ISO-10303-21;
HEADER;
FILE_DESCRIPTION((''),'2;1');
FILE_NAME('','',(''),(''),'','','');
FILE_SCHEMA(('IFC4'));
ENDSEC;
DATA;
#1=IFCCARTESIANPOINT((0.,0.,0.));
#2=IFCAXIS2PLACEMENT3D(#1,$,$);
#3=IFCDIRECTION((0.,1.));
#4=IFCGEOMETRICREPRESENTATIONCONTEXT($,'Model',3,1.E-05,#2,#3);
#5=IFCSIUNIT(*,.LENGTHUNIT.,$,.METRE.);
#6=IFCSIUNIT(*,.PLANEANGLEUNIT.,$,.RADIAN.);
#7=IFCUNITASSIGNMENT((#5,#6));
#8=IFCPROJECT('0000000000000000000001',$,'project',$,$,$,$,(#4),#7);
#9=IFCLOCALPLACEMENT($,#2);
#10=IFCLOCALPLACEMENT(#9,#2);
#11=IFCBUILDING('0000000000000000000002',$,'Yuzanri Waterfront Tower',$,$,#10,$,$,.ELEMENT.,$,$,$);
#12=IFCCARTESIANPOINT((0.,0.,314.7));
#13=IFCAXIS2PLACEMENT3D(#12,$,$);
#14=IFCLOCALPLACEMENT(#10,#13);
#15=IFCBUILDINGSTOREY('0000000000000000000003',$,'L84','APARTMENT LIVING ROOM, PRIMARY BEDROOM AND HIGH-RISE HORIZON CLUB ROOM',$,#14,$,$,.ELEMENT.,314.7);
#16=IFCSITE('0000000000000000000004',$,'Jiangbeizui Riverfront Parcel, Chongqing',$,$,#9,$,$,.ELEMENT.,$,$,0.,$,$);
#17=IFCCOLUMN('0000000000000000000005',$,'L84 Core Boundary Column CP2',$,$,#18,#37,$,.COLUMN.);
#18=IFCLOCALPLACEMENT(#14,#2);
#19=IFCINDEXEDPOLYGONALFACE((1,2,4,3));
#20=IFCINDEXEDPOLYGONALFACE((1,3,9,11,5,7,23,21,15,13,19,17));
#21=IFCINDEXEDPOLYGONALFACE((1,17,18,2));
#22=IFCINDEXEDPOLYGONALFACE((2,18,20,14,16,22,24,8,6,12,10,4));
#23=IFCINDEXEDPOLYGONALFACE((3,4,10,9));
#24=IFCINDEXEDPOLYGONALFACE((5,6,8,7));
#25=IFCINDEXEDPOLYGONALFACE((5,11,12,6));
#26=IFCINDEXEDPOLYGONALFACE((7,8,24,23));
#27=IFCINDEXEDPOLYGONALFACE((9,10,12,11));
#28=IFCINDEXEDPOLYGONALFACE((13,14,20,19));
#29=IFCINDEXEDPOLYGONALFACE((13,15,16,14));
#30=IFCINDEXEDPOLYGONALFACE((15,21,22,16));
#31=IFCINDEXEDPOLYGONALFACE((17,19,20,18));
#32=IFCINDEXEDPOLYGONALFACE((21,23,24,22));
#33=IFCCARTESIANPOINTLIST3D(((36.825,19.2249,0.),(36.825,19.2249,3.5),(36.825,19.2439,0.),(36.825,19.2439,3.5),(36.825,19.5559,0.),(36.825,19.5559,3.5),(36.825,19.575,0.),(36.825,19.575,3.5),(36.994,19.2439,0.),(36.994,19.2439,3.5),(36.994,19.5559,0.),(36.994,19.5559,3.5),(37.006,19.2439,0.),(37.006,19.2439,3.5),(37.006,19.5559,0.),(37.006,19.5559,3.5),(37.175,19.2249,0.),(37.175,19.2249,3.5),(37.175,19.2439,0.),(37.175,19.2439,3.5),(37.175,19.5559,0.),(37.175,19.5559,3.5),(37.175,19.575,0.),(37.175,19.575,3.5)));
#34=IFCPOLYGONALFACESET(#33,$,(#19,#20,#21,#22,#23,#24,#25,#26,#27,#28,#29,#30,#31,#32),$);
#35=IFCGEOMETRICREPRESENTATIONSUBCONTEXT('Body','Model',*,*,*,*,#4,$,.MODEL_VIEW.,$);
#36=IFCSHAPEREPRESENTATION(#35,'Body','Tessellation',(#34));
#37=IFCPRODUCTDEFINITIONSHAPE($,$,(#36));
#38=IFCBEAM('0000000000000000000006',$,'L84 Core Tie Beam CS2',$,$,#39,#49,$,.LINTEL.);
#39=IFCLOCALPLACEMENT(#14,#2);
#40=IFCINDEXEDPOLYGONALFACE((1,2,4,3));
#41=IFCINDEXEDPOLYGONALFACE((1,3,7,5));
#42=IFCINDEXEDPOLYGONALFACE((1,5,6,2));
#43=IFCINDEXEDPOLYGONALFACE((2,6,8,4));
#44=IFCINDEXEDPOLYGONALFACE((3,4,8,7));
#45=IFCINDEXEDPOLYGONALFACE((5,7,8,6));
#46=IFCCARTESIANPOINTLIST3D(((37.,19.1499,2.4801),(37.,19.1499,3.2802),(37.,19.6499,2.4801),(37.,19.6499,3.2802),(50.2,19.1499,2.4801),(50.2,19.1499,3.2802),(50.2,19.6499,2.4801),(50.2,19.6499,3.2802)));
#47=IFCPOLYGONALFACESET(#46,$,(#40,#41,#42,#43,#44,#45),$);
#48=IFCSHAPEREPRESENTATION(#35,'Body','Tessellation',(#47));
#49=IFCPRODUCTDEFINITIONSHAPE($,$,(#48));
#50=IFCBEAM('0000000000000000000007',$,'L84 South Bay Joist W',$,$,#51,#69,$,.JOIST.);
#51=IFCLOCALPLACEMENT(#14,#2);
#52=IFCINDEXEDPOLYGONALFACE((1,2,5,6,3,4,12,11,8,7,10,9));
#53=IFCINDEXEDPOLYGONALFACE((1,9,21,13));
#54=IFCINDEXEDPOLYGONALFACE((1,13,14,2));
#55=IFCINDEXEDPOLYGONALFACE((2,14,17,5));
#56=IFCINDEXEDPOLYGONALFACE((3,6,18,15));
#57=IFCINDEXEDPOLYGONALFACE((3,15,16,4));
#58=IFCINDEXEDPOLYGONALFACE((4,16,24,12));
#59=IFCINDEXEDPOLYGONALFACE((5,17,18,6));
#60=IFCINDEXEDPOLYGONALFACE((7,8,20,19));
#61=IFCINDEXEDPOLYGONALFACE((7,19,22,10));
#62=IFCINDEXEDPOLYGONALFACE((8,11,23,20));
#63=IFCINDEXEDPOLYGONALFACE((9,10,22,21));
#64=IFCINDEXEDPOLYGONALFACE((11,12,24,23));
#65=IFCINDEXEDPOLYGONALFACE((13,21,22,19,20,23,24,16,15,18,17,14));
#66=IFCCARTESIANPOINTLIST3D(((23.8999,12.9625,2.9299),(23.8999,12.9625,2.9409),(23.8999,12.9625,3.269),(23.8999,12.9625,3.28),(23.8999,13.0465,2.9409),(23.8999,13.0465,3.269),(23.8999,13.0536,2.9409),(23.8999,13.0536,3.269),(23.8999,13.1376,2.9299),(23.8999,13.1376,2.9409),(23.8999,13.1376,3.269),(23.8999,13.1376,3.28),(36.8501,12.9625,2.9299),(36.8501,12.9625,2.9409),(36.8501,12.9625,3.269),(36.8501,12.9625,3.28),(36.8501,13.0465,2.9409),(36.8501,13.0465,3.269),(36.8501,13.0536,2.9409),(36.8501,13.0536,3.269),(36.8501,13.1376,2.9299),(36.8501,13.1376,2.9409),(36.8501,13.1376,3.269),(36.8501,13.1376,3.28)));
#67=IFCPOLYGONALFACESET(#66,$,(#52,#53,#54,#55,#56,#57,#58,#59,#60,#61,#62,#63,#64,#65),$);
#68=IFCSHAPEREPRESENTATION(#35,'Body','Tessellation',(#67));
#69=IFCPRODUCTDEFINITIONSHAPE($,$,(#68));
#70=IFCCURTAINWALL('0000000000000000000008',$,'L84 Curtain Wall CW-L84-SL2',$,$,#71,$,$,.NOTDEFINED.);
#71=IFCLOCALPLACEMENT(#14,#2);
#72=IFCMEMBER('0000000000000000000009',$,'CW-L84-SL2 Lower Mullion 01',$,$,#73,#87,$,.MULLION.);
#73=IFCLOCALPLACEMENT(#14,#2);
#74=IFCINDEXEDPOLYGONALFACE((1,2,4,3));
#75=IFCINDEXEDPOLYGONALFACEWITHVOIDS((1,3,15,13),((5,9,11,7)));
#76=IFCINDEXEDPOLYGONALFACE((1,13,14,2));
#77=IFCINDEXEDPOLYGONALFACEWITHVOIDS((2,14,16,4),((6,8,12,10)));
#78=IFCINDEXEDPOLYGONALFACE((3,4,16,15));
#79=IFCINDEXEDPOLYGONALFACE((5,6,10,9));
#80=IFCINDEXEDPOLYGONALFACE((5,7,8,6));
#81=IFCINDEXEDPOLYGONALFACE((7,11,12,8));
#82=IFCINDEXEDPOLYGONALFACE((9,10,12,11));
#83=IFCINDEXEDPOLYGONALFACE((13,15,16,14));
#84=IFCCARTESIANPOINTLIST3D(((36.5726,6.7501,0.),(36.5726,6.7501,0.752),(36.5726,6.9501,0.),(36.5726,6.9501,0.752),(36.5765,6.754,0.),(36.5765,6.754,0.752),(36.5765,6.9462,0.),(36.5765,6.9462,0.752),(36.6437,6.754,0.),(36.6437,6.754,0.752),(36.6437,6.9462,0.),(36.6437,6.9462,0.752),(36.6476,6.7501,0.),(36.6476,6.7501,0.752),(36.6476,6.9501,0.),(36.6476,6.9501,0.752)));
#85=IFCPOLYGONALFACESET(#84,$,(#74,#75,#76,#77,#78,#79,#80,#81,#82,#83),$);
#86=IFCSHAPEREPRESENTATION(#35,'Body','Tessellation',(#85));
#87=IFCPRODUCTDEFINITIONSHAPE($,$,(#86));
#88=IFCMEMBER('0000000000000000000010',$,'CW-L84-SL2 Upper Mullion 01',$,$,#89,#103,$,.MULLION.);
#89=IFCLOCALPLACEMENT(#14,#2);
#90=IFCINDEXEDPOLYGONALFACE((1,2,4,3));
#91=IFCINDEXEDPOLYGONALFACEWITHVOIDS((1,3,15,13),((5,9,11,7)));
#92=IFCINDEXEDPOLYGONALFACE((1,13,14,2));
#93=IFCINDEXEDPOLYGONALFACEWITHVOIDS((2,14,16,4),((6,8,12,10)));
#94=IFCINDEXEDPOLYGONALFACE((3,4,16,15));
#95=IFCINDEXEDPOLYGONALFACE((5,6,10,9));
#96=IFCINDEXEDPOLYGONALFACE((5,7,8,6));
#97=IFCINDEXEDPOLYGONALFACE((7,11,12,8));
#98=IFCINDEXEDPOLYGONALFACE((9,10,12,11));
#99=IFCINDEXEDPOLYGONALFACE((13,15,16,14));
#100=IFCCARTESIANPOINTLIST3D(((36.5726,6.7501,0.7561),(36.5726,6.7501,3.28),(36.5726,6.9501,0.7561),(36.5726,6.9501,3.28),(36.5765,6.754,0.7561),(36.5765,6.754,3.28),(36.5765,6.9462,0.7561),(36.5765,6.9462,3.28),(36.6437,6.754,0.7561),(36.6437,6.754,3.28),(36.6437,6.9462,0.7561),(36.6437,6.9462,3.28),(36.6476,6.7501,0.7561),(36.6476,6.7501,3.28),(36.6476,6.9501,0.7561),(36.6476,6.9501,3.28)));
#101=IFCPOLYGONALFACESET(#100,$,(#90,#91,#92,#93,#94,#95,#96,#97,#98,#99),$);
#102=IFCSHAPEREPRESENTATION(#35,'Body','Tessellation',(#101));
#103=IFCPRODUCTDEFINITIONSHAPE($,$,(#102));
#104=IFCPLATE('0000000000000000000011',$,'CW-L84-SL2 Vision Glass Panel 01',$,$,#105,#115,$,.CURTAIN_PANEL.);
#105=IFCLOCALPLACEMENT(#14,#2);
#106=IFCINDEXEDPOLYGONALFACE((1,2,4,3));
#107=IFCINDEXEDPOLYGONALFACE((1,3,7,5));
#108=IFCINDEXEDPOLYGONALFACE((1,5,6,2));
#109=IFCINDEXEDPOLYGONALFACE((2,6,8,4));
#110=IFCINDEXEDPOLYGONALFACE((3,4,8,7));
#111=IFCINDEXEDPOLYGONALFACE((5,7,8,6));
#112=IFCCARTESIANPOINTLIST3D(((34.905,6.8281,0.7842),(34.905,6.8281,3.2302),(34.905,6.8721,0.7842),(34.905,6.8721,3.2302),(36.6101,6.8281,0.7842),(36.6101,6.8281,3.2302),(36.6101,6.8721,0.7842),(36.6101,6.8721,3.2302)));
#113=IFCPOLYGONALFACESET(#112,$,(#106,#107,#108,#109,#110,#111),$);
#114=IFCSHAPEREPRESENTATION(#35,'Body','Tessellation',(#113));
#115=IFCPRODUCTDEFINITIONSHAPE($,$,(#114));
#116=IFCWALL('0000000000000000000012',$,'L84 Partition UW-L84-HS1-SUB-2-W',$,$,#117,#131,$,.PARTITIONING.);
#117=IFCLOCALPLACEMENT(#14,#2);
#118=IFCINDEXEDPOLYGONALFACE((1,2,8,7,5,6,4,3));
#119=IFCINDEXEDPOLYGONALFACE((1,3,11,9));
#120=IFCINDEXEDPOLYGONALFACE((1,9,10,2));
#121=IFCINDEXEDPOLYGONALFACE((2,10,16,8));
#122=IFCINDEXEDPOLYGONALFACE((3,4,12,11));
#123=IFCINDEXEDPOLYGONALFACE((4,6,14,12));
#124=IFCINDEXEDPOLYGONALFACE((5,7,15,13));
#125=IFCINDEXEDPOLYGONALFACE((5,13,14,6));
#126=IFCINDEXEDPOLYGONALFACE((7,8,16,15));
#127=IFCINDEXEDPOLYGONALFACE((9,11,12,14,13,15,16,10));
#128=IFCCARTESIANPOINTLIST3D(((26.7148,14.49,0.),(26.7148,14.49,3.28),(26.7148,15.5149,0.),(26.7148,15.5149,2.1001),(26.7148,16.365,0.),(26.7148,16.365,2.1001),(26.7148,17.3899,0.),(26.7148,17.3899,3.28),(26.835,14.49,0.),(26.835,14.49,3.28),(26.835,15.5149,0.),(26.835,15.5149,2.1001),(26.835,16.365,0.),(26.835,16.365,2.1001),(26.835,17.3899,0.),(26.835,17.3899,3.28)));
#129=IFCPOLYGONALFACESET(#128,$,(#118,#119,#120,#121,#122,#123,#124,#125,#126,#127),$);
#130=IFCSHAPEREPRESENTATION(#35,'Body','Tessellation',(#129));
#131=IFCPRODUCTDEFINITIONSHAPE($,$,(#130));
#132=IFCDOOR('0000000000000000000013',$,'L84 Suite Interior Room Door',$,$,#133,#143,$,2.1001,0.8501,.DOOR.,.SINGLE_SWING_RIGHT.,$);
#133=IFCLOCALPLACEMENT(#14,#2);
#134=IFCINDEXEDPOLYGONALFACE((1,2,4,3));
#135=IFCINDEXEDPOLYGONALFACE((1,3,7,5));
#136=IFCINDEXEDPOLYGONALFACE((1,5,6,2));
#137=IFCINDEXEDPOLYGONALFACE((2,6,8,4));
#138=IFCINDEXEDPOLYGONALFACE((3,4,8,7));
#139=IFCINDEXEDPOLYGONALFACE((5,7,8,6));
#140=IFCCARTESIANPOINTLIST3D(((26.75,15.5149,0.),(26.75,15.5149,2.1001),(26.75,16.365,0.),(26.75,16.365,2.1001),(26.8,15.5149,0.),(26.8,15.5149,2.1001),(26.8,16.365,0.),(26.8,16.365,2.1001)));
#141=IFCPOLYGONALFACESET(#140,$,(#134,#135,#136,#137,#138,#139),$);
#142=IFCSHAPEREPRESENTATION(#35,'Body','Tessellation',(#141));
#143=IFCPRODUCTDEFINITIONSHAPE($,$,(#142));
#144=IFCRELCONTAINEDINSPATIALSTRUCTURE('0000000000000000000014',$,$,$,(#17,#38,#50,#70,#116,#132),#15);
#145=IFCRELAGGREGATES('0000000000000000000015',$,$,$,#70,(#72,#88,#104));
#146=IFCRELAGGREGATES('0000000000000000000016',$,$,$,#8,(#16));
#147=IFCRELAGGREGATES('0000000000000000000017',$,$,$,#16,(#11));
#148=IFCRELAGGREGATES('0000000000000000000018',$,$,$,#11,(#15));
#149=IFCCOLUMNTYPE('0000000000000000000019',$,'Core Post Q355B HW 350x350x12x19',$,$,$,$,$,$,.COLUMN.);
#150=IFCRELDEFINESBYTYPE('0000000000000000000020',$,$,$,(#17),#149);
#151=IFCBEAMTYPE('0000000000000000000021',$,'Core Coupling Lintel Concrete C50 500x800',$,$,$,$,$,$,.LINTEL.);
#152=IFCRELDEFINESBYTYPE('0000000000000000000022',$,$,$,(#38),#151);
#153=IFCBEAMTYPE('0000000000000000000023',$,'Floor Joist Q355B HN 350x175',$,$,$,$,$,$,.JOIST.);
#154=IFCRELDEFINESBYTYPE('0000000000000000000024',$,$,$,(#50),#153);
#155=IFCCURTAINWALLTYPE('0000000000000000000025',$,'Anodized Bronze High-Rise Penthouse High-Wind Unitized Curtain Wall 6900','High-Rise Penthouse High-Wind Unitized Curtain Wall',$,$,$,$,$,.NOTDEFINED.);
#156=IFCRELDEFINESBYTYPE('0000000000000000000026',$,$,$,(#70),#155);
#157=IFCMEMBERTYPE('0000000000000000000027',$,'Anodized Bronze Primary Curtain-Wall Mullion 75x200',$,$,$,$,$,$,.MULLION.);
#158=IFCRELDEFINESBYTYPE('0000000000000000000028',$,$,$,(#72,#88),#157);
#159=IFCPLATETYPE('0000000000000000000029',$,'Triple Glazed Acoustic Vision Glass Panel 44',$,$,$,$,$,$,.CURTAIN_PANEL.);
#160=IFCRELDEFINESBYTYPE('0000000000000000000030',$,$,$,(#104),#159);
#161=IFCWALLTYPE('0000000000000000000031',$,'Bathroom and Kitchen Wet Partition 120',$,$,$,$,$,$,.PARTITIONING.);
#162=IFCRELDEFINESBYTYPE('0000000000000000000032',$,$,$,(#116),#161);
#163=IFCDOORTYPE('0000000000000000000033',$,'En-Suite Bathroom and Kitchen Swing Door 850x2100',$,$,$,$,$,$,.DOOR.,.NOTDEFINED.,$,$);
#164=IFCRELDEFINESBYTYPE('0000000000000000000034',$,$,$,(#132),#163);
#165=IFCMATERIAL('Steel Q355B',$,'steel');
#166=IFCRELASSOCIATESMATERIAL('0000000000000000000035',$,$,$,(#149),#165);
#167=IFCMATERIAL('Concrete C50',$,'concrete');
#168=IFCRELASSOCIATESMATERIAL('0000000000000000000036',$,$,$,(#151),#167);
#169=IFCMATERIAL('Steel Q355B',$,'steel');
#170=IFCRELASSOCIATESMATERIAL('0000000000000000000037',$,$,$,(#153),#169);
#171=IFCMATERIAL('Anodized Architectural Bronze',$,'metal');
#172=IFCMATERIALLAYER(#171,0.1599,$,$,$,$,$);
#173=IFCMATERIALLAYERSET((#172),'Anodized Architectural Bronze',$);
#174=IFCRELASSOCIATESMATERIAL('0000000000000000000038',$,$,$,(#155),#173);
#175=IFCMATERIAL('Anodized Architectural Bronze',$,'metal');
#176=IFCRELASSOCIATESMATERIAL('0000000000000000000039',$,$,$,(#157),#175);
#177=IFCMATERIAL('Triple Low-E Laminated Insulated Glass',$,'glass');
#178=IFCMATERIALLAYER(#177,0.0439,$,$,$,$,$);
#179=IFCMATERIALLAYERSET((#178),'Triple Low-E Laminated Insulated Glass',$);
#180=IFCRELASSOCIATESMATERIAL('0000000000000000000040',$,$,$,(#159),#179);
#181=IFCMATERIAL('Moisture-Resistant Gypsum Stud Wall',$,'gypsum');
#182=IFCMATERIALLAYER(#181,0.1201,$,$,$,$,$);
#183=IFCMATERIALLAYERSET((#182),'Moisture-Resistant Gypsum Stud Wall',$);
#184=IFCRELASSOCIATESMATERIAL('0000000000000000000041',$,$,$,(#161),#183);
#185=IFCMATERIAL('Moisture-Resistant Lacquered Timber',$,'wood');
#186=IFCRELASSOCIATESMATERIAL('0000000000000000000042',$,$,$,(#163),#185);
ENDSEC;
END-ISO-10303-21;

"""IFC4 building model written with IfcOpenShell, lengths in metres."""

from ifc_helpers import new_model, si_unit, direction, frame, frame_2d, origin, origin_2d, place, context, subcontext, project, spatial, rectangle, hollow_rectangle, i_section, extrude, source, transform, mapped, material, layer, layer_set, material_profile, profile_set, type_object, element, fill, aggregate, save


model = new_model("IFC4")

# Units and contexts
model_context = context("Model", 3, precision=1e-05, world=origin(), true_north=direction((0.0, 1.0)))
body_context = subcontext(model_context, "Body", "Model", "MODEL_VIEW")
ifc_project = project(units=[si_unit("LENGTHUNIT", "METRE"), si_unit("PLANEANGLEUNIT", "RADIAN")], contexts=[model_context])

# Site, building, storey
site_placement = place(None, origin())
site = spatial("IfcSite", under=ifc_project, at=site_placement, Name="Jiangbeizui Riverfront Parcel, Chongqing", CompositionType="ELEMENT", RefElevation=0.0)
building_placement = place(site_placement, origin())
building = spatial("IfcBuilding", under=site, at=building_placement, Name="Yuzanri Waterfront Tower", CompositionType="ELEMENT")
storey_placement = place(building_placement, frame((0.0, 0.0, 314.7)))
storey = spatial("IfcBuildingStorey", under=building, at=storey_placement, Name="L84", Description="APARTMENT LIVING ROOM, PRIMARY BEDROOM AND HIGH-RISE HORIZON CLUB ROOM", CompositionType="ELEMENT", Elevation=314.7)

# Column
ifc_material_1 = material(Name="Steel Q355B", Category="steel")
ifc_material_profile_1 = material_profile(ifc_material_1, i_section(OverallWidth=0.3501, OverallDepth=0.3501, WebThickness=0.012, FlangeThickness=0.019, at=origin_2d()), Name="HW 350x350x12x19")
ifc_profile_set_1 = profile_set([ifc_material_profile_1], Name="Steel Q355B")
column_type = type_object("IfcColumnType", Name="Core Post Q355B HW 350x350x12x19", PredefinedType="COLUMN", material=ifc_profile_set_1)
shared_shape_1 = source(origin(), body_context, "Body", "SweptSolid", [
    extrude(i_section(OverallWidth=0.3501, OverallDepth=0.3501, WebThickness=0.012, FlangeThickness=0.019, at=origin_2d()), origin(), (0.0, 0.0, 1.0), 3.5),
])
column_placement = place(storey_placement, frame((37.0, 19.3999, 0.0), z_axis=(0.0, 0.0, 1.0), x_axis=(1.0, 0.0, 0.0)))
element("IfcColumn", 1, at=column_placement, inside=storey, type_object=column_type, Name="L84 Core Boundary Column CP2", PredefinedType="COLUMN", context=body_context, shape_type="MappedRepresentation", body=[
    mapped(shared_shape_1, transform((0.0, 0.0, 0.0), scale=1.0)),
])

# Beams
ifc_material_2 = material(Name="Concrete C50", Category="concrete")
ifc_material_profile_2 = material_profile(ifc_material_2, rectangle(XDim=0.5, YDim=0.8, at=origin_2d()), Name="RC 500x800")
ifc_profile_set_2 = profile_set([ifc_material_profile_2], Name="Concrete C50")
beam_type_1 = type_object("IfcBeamType", Name="Core Coupling Lintel Concrete C50 500x800", PredefinedType="LINTEL", material=ifc_profile_set_2)
shared_shape_2 = source(origin(), body_context, "Body", "SweptSolid", [
    extrude(rectangle(XDim=0.5, YDim=0.8, at=origin_2d()), origin(), (0.0, 0.0, 1.0), 13.2),
])
beam_1_placement = place(storey_placement, frame((37.0, 19.3999, 2.8801), z_axis=(1.0, 0.0, 0.0), x_axis=(0.0, 1.0, 0.0)))
element("IfcBeam", 2, at=beam_1_placement, inside=storey, type_object=beam_type_1, Name="L84 Core Tie Beam CS2", PredefinedType="LINTEL", context=body_context, shape_type="MappedRepresentation", body=[
    mapped(shared_shape_2, transform((0.0, 0.0, 0.0), scale=1.0)),
])
ifc_material_3 = material(Name="Steel Q355B", Category="steel")
ifc_material_profile_3 = material_profile(ifc_material_3, i_section(OverallWidth=0.175, OverallDepth=0.3501, WebThickness=0.0071, FlangeThickness=0.011, at=origin_2d()), Name="HN 350x175x7x11")
ifc_profile_set_3 = profile_set([ifc_material_profile_3], Name="Steel Q355B")
beam_type_2 = type_object("IfcBeamType", Name="Floor Joist Q355B HN 350x175", PredefinedType="JOIST", material=ifc_profile_set_3)
shared_shape_3 = source(origin(), body_context, "Body", "SweptSolid", [
    extrude(i_section(OverallWidth=0.175, OverallDepth=0.3501, WebThickness=0.0071, FlangeThickness=0.011, at=origin_2d()), origin(), (0.0, 0.0, 1.0), 12.9502),
])
beam_2_placement = place(storey_placement, frame((23.8999, 13.05, 3.105), z_axis=(1.0, 0.0, 0.0), x_axis=(0.0, 1.0, 0.0)))
element("IfcBeam", 3, at=beam_2_placement, inside=storey, type_object=beam_type_2, Name="L84 South Bay Joist W", PredefinedType="JOIST", context=body_context, shape_type="MappedRepresentation", body=[
    mapped(shared_shape_3, transform((0.0, 0.0, 0.0), scale=1.0)),
])

# Curtain wall, members, plate
ifc_material_4 = material(Name="Anodized Architectural Bronze", Category="metal")
ifc_layer_1 = layer(ifc_material_4, 0.1599)
ifc_layer_set_1 = layer_set([ifc_layer_1], Name="Anodized Architectural Bronze")
curtain_wall_type = type_object("IfcCurtainWallType", Name="Anodized Bronze High-Rise Penthouse High-Wind Unitized Curtain Wall 6900", Description="High-Rise Penthouse High-Wind Unitized Curtain Wall", PredefinedType="NOTDEFINED", material=ifc_layer_set_1)
curtain_wall_placement = place(storey_placement, origin())
curtain_wall = element("IfcCurtainWall", 4, at=curtain_wall_placement, inside=storey, type_object=curtain_wall_type, Name="L84 Curtain Wall CW-L84-SL2", PredefinedType="NOTDEFINED")
ifc_material_5 = material(Name="Anodized Architectural Bronze", Category="metal")
ifc_material_profile_4 = material_profile(ifc_material_5, hollow_rectangle(XDim=0.075, YDim=0.2, WallThickness=0.0039, at=origin_2d()), Name="CWM 75x200")
ifc_profile_set_4 = profile_set([ifc_material_profile_4], Name="Anodized Architectural Bronze")
member_type = type_object("IfcMemberType", Name="Anodized Bronze Primary Curtain-Wall Mullion 75x200", PredefinedType="MULLION", material=ifc_profile_set_4)
shared_shape_4 = source(origin(), body_context, "Body", "SweptSolid", [
    extrude(hollow_rectangle(XDim=0.075, YDim=0.2, WallThickness=0.0039, at=origin_2d()), origin(), (0.0, 0.0, 1.0), 0.752),
])
member_1_placement = place(storey_placement, frame((36.6101, 6.8501, 0.0), z_axis=(0.0, 0.0, 1.0), x_axis=(1.0, 0.0, 0.0)))
member_1 = element("IfcMember", 5, at=member_1_placement, type_object=member_type, Name="CW-L84-SL2 Lower Mullion 01", PredefinedType="MULLION", context=body_context, shape_type="MappedRepresentation", body=[
    mapped(shared_shape_4, transform((0.0, 0.0, 0.0), scale=1.0)),
])
shared_shape_5 = source(origin(), body_context, "Body", "SweptSolid", [
    extrude(hollow_rectangle(XDim=0.075, YDim=0.2, WallThickness=0.0039, at=origin_2d()), origin(), (0.0, 0.0, 1.0), 2.5239),
])
member_2_placement = place(storey_placement, frame((36.6101, 6.8501, 0.7561), z_axis=(0.0, 0.0, 1.0), x_axis=(1.0, 0.0, 0.0)))
member_2 = element("IfcMember", 6, at=member_2_placement, type_object=member_type, Name="CW-L84-SL2 Upper Mullion 01", PredefinedType="MULLION", context=body_context, shape_type="MappedRepresentation", body=[
    mapped(shared_shape_5, transform((0.0, 0.0, 0.0), scale=1.0)),
])
ifc_material_6 = material(Name="Triple Low-E Laminated Insulated Glass", Category="glass")
ifc_layer_2 = layer(ifc_material_6, 0.0439)
ifc_layer_set_2 = layer_set([ifc_layer_2], Name="Triple Low-E Laminated Insulated Glass")
plate_type = type_object("IfcPlateType", Name="Triple Glazed Acoustic Vision Glass Panel 44", PredefinedType="CURTAIN_PANEL", material=ifc_layer_set_2)
shared_shape_6 = source(origin(), body_context, "Body", "SweptSolid", [
    extrude(rectangle(XDim=1.7051, YDim=0.0439, at=origin_2d()), origin(), (0.0, 0.0, 1.0), 2.446),
])
plate_placement = place(storey_placement, frame((35.7576, 6.8501, 0.7842), z_axis=(0.0, 0.0, 1.0), x_axis=(1.0, 0.0, 0.0)))
plate = element("IfcPlate", 7, at=plate_placement, type_object=plate_type, Name="CW-L84-SL2 Vision Glass Panel 01", PredefinedType="CURTAIN_PANEL", context=body_context, shape_type="MappedRepresentation", body=[
    mapped(shared_shape_6, transform((0.0, 0.0, 0.0), scale=1.0)),
])
aggregate(curtain_wall, [member_1, member_2, plate])

# Wall, opening, door
ifc_material_7 = material(Name="Moisture-Resistant Gypsum Stud Wall", Category="gypsum")
ifc_layer_3 = layer(ifc_material_7, 0.1201)
ifc_layer_set_3 = layer_set([ifc_layer_3], Name="Moisture-Resistant Gypsum Stud Wall")
wall_type_1 = type_object("IfcWallType", Name="Bathroom and Kitchen Wet Partition 120", PredefinedType="PARTITIONING", material=ifc_layer_set_3)
wall_1_placement = place(storey_placement, frame((26.7749, 14.49, 0.0), z_axis=(0.0, 0.0, 1.0), x_axis=(0.0, 1.0, 0.0)))
wall_1 = element("IfcWall", 8, at=wall_1_placement, inside=storey, type_object=wall_type_1, Name="L84 Partition UW-L84-HS1-SUB-2-W", PredefinedType="PARTITIONING", context=body_context, shape_type="SweptSolid", body=[
    extrude(rectangle(XDim=2.8999, YDim=0.1201, at=frame_2d((1.45, 0.0))), origin(), (0.0, 0.0, 1.0), 3.28),
])
opening_1_placement = place(wall_1_placement, frame((1.0249, 0.0, 0.0)))
opening_1 = element("IfcOpeningElement", 9, at=opening_1_placement, cuts=wall_1, PredefinedType="OPENING", context=body_context, shape_type="SweptSolid", body=[
    extrude(rectangle(XDim=0.8501, YDim=2.1001, at=frame_2d((0.425, 1.05))), frame((0.0, 0.075, 0.0), z_axis=(0.0, -1.0, 0.0), x_axis=(1.0, 0.0, 0.0)), (0.0, 0.0, 1.0), 0.1499),
])
ifc_material_8 = material(Name="Moisture-Resistant Lacquered Timber", Category="wood")
door_type_1 = type_object("IfcDoorType", Name="En-Suite Bathroom and Kitchen Swing Door 850x2100", OperationType="NOTDEFINED", PredefinedType="DOOR", material=ifc_material_8)
shared_shape_7 = source(origin(), body_context, "Body", "SweptSolid", [
    extrude(rectangle(XDim=0.8501, YDim=2.1001, at=frame_2d((0.425, 1.05))), frame((0.0, 0.0249, 0.0), z_axis=(0.0, -1.0, 0.0), x_axis=(1.0, 0.0, 0.0)), (0.0, 0.0, 1.0), 0.05),
])
door_1_placement = place(opening_1_placement, origin())
door_1 = element("IfcDoor", 10, at=door_1_placement, inside=storey, type_object=door_type_1, Name="L84 Suite Interior Room Door", OperationType="SINGLE_SWING_RIGHT", OverallHeight=2.1001, OverallWidth=0.8501, PredefinedType="DOOR", context=body_context, shape_type="MappedRepresentation", body=[
    mapped(shared_shape_7, transform((0.0, 0.0, 0.0), scale=1.0)),
])
fill(opening_1, door_1)

save(model, "model.ifc")
